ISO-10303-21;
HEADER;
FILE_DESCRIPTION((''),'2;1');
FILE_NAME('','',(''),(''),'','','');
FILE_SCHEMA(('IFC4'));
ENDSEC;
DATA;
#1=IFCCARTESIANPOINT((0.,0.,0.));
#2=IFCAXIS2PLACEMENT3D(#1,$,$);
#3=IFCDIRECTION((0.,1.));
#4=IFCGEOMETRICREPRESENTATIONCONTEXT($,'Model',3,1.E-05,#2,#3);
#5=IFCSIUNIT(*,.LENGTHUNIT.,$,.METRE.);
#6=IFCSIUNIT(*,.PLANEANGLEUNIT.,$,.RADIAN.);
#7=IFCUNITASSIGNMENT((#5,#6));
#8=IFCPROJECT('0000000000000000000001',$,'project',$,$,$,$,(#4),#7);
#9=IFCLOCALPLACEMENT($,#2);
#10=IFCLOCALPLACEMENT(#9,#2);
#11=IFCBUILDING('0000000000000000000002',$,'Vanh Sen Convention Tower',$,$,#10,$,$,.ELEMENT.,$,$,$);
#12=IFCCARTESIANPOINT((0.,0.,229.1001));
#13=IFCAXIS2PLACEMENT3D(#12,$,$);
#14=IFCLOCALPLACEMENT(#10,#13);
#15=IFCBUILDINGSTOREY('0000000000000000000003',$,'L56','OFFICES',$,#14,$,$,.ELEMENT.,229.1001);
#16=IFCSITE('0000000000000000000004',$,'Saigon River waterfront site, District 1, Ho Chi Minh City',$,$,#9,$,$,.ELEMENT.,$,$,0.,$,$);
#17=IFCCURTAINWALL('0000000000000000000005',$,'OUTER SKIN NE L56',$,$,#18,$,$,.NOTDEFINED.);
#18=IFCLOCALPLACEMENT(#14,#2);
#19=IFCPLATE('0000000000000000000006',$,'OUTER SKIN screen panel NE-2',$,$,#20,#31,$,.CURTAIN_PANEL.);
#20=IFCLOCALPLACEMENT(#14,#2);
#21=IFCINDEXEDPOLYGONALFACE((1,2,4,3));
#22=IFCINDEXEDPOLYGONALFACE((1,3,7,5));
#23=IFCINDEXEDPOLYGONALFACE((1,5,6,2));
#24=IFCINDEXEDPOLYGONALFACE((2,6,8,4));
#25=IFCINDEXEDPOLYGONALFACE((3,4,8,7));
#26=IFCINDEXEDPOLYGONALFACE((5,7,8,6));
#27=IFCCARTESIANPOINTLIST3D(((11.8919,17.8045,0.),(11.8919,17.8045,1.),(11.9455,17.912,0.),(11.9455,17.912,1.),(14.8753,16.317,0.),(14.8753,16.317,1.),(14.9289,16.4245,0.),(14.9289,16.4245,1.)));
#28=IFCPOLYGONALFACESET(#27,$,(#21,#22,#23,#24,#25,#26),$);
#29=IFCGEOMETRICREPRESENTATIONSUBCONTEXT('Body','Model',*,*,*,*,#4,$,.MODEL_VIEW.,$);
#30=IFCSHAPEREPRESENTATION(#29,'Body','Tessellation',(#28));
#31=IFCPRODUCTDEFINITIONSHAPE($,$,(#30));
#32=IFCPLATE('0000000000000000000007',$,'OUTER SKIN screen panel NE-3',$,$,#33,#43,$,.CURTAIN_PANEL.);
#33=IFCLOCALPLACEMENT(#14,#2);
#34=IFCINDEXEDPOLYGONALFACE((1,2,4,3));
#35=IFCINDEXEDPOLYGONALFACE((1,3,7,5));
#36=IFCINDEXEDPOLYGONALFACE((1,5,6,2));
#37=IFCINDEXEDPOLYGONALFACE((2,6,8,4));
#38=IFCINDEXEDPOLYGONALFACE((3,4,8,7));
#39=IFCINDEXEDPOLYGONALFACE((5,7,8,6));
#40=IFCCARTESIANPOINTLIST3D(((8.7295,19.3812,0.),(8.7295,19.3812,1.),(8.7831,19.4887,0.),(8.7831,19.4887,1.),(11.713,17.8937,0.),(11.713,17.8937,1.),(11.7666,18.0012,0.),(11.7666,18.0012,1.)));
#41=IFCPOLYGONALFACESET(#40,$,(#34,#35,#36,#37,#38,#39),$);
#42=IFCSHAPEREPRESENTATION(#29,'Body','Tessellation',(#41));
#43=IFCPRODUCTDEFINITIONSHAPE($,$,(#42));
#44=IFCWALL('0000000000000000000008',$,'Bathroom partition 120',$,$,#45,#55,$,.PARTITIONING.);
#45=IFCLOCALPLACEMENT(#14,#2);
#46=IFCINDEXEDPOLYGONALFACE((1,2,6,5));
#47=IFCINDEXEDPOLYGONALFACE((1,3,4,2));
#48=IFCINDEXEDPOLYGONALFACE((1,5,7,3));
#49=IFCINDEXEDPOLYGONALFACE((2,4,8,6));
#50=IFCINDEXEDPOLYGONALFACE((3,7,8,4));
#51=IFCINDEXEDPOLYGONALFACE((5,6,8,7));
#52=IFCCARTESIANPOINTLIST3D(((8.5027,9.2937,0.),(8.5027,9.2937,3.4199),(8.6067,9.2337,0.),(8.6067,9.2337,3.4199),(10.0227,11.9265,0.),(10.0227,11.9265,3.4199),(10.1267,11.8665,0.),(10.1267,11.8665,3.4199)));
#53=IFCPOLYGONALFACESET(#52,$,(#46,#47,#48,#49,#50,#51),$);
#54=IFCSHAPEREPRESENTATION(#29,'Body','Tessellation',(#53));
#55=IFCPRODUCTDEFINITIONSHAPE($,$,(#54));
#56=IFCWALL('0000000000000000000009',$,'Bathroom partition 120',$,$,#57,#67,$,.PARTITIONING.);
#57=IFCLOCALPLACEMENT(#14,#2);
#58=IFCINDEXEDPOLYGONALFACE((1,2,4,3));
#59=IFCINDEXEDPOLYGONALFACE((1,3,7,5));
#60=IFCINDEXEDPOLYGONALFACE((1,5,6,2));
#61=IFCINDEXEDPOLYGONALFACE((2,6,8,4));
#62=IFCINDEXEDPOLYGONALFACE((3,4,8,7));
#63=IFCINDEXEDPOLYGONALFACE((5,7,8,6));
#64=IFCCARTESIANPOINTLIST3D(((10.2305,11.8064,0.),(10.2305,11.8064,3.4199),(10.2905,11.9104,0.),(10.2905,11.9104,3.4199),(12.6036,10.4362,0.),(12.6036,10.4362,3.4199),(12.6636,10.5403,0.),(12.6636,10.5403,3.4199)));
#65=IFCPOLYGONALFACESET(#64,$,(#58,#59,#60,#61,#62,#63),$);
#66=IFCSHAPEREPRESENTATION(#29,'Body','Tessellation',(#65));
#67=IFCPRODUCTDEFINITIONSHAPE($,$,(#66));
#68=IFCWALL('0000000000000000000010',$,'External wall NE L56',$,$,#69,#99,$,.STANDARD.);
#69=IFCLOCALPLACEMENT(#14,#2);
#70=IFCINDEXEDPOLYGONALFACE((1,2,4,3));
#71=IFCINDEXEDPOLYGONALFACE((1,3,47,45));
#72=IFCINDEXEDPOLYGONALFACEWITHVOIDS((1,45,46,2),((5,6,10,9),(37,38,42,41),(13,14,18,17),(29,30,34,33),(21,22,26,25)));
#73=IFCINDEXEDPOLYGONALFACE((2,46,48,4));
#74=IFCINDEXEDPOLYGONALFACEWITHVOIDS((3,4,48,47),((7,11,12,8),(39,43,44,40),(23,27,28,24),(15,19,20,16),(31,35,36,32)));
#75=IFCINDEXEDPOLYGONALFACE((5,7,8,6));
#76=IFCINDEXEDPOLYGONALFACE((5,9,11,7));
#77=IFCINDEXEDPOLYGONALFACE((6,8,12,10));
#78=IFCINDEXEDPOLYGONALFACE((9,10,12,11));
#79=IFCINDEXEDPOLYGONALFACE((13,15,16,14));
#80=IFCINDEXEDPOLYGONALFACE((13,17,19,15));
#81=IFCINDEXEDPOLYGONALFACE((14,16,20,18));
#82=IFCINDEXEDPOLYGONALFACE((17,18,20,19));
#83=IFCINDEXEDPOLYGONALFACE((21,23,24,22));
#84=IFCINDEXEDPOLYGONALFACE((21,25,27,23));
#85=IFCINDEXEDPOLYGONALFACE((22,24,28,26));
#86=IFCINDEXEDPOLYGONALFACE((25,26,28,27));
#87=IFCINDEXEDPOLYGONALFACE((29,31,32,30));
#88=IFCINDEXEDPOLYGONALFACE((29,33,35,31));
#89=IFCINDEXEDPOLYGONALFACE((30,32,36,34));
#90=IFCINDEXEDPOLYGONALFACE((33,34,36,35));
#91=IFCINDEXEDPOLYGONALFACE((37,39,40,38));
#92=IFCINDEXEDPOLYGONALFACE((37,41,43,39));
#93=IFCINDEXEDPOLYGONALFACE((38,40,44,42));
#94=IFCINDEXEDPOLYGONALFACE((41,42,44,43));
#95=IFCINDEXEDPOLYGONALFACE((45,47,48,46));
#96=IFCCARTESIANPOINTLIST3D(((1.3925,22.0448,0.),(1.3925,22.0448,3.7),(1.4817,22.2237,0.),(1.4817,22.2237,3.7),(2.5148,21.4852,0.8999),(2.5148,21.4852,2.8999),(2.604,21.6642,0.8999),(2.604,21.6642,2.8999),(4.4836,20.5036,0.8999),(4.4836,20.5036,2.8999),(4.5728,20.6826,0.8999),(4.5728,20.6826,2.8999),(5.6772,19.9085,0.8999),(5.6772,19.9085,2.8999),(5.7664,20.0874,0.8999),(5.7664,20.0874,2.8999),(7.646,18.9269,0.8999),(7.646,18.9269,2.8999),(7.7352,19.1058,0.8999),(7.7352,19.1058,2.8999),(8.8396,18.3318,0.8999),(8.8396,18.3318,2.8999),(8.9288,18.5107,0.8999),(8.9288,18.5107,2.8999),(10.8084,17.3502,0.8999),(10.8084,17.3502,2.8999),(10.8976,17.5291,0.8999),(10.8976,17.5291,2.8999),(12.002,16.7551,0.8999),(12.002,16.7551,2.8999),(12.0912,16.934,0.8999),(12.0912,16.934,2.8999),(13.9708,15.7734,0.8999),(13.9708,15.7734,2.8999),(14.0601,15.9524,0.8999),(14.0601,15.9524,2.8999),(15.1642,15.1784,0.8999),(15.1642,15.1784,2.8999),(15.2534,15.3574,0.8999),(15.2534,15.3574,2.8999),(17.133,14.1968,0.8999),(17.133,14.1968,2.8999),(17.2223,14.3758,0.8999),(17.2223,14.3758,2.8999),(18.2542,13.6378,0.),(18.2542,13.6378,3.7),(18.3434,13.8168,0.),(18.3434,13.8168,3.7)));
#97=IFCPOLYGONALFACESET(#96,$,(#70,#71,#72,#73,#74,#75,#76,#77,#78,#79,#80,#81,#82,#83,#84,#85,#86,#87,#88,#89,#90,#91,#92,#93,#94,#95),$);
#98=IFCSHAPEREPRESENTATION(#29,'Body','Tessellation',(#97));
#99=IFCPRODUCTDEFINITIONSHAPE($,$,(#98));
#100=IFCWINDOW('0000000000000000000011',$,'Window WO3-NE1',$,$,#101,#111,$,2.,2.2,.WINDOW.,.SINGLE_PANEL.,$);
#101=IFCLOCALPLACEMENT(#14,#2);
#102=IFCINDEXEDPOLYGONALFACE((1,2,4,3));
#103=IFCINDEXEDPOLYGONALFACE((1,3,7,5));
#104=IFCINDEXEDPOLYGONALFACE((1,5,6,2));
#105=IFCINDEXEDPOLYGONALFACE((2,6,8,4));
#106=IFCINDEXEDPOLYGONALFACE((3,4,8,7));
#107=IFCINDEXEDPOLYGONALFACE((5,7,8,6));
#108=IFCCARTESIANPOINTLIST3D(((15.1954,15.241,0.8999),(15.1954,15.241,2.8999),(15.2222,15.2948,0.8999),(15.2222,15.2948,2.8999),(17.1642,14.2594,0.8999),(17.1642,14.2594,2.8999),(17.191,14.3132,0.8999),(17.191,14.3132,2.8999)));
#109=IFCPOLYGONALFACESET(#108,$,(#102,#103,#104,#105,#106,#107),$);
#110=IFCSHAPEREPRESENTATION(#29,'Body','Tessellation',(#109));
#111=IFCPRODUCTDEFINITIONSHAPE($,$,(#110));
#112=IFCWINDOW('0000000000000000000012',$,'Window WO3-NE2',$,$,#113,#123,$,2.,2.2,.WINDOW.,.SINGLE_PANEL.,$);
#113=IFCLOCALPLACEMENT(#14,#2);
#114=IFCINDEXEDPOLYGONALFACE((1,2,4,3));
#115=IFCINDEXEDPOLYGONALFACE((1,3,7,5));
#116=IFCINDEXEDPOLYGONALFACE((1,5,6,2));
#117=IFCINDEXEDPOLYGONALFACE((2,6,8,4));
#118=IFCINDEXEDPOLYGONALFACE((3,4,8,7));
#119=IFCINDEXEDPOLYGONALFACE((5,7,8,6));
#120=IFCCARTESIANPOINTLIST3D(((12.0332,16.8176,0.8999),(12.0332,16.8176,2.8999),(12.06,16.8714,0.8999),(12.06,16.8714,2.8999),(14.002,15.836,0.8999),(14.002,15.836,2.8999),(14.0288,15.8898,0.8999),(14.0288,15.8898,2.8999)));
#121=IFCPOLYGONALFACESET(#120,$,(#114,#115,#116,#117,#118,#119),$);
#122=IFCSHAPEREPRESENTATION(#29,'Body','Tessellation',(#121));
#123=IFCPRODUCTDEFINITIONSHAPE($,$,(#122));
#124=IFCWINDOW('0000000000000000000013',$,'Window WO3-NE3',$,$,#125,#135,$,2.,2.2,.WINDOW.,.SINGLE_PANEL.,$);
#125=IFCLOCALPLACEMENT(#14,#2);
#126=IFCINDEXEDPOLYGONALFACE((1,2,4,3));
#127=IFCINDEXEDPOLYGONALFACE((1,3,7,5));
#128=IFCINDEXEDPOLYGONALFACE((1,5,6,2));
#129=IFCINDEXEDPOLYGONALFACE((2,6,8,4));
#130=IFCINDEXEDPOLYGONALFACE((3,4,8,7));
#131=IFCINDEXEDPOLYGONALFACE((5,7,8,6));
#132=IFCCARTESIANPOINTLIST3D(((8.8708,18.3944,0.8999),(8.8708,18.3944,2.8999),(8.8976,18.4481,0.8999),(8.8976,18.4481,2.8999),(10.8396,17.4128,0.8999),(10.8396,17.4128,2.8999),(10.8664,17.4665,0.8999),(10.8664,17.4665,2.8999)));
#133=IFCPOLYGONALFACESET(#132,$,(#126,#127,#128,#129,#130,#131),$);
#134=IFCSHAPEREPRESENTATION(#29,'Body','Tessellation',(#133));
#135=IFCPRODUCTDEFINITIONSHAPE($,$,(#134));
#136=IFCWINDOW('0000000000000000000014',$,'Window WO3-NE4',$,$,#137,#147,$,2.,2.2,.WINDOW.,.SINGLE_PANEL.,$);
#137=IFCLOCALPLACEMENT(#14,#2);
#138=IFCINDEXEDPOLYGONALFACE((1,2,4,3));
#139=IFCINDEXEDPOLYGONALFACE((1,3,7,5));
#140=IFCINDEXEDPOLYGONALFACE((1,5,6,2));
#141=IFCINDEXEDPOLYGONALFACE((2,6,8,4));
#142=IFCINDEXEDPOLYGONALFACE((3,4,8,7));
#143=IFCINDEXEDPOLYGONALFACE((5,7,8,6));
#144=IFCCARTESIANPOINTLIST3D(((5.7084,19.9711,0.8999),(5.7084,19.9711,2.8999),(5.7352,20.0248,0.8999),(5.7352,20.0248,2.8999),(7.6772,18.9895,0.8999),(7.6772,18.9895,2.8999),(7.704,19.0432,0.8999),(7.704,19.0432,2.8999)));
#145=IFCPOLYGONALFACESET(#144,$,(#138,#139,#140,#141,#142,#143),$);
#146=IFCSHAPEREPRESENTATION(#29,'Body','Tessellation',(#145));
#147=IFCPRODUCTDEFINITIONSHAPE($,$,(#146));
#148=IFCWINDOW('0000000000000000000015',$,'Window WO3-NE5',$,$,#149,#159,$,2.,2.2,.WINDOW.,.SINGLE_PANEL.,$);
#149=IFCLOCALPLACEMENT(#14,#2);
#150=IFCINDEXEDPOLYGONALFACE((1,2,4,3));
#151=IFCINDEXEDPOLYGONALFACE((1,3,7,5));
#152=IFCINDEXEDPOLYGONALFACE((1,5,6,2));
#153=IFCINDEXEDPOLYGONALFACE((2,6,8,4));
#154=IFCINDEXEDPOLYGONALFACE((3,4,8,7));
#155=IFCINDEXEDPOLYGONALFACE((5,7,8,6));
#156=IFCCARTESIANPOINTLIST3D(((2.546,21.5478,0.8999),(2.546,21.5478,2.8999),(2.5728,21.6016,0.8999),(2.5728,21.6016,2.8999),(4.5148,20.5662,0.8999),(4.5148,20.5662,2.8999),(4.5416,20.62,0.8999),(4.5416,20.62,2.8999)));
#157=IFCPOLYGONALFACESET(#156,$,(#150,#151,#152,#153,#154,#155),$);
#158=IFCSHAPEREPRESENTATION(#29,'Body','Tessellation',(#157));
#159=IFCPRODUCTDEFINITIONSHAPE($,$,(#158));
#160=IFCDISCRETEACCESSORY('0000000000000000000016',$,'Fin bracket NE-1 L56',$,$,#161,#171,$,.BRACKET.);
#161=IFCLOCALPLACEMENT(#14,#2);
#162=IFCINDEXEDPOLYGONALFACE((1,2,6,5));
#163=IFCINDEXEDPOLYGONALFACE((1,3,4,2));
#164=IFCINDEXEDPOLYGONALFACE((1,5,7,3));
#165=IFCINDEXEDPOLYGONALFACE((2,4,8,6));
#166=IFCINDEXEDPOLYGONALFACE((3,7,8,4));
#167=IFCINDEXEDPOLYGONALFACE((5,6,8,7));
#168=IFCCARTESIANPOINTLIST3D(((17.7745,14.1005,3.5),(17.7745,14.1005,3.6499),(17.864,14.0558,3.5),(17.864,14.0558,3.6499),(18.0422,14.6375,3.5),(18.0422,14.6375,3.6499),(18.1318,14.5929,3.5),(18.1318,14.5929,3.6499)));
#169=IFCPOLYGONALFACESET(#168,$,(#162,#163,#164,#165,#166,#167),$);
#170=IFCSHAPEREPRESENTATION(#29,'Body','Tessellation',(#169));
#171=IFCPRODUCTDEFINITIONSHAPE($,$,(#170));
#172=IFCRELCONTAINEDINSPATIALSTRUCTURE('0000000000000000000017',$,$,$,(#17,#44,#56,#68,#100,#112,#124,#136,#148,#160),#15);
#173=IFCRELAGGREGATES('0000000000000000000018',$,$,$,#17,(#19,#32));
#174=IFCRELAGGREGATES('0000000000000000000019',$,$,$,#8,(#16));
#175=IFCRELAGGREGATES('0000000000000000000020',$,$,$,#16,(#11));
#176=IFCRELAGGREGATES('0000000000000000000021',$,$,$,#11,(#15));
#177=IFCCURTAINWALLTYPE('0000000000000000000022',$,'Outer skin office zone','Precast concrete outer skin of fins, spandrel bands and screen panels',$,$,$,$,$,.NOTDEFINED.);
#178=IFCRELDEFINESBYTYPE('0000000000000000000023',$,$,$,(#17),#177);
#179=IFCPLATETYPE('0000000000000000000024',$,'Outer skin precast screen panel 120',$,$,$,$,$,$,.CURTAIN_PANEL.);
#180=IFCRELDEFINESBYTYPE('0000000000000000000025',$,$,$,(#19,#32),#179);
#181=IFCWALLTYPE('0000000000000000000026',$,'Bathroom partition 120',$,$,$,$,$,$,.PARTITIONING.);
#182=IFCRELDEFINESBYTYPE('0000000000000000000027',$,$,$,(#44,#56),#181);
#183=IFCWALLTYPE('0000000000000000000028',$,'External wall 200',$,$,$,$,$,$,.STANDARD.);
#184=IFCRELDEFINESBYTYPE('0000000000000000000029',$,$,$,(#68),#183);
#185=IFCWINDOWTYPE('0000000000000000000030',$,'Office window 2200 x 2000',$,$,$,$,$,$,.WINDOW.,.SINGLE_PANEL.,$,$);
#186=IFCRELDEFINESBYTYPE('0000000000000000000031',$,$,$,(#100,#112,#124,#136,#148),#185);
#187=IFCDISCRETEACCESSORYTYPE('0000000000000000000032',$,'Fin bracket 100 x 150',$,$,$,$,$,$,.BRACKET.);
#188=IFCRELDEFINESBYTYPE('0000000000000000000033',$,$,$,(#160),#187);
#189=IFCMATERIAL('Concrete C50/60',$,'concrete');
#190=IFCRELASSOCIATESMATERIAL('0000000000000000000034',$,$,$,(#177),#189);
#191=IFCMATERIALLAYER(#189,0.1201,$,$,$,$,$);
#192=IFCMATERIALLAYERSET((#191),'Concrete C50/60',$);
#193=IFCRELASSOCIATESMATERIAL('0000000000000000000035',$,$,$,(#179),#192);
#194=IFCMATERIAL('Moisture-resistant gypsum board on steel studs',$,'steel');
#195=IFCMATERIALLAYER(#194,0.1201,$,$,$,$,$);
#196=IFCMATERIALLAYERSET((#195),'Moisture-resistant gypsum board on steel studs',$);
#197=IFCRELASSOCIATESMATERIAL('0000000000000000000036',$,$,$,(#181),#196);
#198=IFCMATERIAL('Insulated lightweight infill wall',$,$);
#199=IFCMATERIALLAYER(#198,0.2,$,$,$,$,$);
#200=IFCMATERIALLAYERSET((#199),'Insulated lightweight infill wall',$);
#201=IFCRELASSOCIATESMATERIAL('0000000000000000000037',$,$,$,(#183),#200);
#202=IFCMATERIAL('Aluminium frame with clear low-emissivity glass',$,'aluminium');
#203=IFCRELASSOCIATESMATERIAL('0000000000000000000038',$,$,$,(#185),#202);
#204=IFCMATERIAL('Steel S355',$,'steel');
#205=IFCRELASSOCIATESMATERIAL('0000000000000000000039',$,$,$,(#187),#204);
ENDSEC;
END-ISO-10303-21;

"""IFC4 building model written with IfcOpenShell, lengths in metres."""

from ifc_helpers import new_model, si_unit, direction, frame, frame_2d, origin, origin_2d, place, context, subcontext, project, spatial, rectangle, extrude, material, layer, layer_set, type_object, element, fill, aggregate, save


model = new_model("IFC4")

# Units and contexts
model_context = context("Model", 3, precision=1e-05, world=origin(), true_north=direction((0.0, 1.0)))
body_context = subcontext(model_context, "Body", "Model", "MODEL_VIEW")
ifc_project = project(units=[si_unit("LENGTHUNIT", "METRE"), si_unit("PLANEANGLEUNIT", "RADIAN")], contexts=[model_context])

# Site, building, storey
site_placement = place(None, origin())
site = spatial("IfcSite", under=ifc_project, at=site_placement, Name="Saigon River waterfront site, District 1, Ho Chi Minh City", CompositionType="ELEMENT", RefElevation=0.0)
building_placement = place(site_placement, origin())
building = spatial("IfcBuilding", under=site, at=building_placement, Name="Vanh Sen Convention Tower", CompositionType="ELEMENT")
storey_placement = place(building_placement, frame((0.0, 0.0, 229.1001)))
storey = spatial("IfcBuildingStorey", under=building, at=storey_placement, Name="L56", Description="OFFICES", CompositionType="ELEMENT", Elevation=229.1001)

# Curtain wall
ifc_material_1 = material(Name="Concrete C50/60", Category="concrete")
curtain_wall_type = type_object("IfcCurtainWallType", Name="Outer skin office zone", Description="Precast concrete outer skin of fins, spandrel bands and screen panels", PredefinedType="NOTDEFINED", material=ifc_material_1)
curtain_wall_1_placement = place(storey_placement, origin())
curtain_wall_1 = element("IfcCurtainWall", 1, at=curtain_wall_1_placement, inside=storey, type_object=curtain_wall_type, Name="OUTER SKIN NE L56", PredefinedType="NOTDEFINED")

# Shared definitions
ifc_layer_1 = layer(ifc_material_1, 0.1201)
ifc_layer_set_1 = layer_set([ifc_layer_1], Name="Concrete C50/60")
plate_type = type_object("IfcPlateType", Name="Outer skin precast screen panel 120", PredefinedType="CURTAIN_PANEL", material=ifc_layer_set_1)

# Plates
plate_1_placement = place(storey_placement, frame((13.4104, 17.1145, 0.0), z_axis=(0.0, 0.0, 1.0), x_axis=(-0.894936, 0.446195, 0.0)))
plate_1 = element("IfcPlate", 2, at=plate_1_placement, type_object=plate_type, Name="OUTER SKIN screen panel NE-2", PredefinedType="CURTAIN_PANEL", context=body_context, shape_type="SweptSolid", body=[
    extrude(rectangle(XDim=3.3337, YDim=0.1201, at=origin_2d()), origin(), (0.0, 0.0, 1.0), 1.0),
])
plate_2_placement = place(storey_placement, frame((10.248, 18.6912, 0.0), z_axis=(0.0, 0.0, 1.0), x_axis=(-0.894936, 0.446195, 0.0)))
plate_2 = element("IfcPlate", 3, at=plate_2_placement, type_object=plate_type, Name="OUTER SKIN screen panel NE-3", PredefinedType="CURTAIN_PANEL", context=body_context, shape_type="SweptSolid", body=[
    extrude(rectangle(XDim=3.3337, YDim=0.1201, at=origin_2d()), origin(), (0.0, 0.0, 1.0), 1.0),
])
aggregate(curtain_wall_1, [plate_1, plate_2])

# Walls
ifc_material_2 = material(Name="Moisture-resistant gypsum board on steel studs", Category="steel")
ifc_layer_2 = layer(ifc_material_2, 0.1201)
ifc_layer_set_2 = layer_set([ifc_layer_2], Name="Moisture-resistant gypsum board on steel studs")
wall_type_1 = type_object("IfcWallType", Name="Bathroom partition 120", PredefinedType="PARTITIONING", material=ifc_layer_set_2)
wall_1_placement = place(storey_placement, frame((10.0747, 11.8965, 0.0), z_axis=(0.0, 0.0, 1.0), x_axis=(-0.499991, -0.86603, 0.0)))
element("IfcWall", 4, at=wall_1_placement, inside=storey, type_object=wall_type_1, Name="Bathroom partition 120", PredefinedType="PARTITIONING", context=body_context, shape_type="SweptSolid", body=[
    extrude(rectangle(XDim=3.04, YDim=0.1201, at=frame_2d((1.52, 0.0))), origin(), (0.0, 0.0, 1.0), 3.4199),
])
wall_2_placement = place(storey_placement, frame((10.2605, 11.8584, 0.0), z_axis=(0.0, 0.0, 1.0), x_axis=(0.866019, -0.50001, 0.0)))
element("IfcWall", 5, at=wall_2_placement, inside=storey, type_object=wall_type_1, Name="Bathroom partition 120", PredefinedType="PARTITIONING", context=body_context, shape_type="SweptSolid", body=[
    extrude(rectangle(XDim=2.7402, YDim=0.1201, at=frame_2d((1.3701, 0.0))), origin(), (0.0, 0.0, 1.0), 3.4199),
])

# Wall, openings, windows
ifc_material_3 = material(Name="Insulated lightweight infill wall")
ifc_layer_3 = layer(ifc_material_3, 0.2)
ifc_layer_set_3 = layer_set([ifc_layer_3], Name="Insulated lightweight infill wall")
wall_type_2 = type_object("IfcWallType", Name="External wall 200", PredefinedType="STANDARD", material=ifc_layer_set_3)
wall_3_placement = place(storey_placement, frame((18.2988, 13.7273, 0.0), z_axis=(0.0, 0.0, 1.0), x_axis=(-0.894935, 0.446197, 0.0)))
wall_3 = element("IfcWall", 6, at=wall_3_placement, inside=storey, type_object=wall_type_2, Name="External wall NE L56", PredefinedType="STANDARD", context=body_context, shape_type="SweptSolid", body=[
    extrude(rectangle(XDim=18.8413, YDim=0.2, at=frame_2d((9.4207, 0.0))), origin(), (0.0, 0.0, 1.0), 3.7),
])
opening_1_placement = place(wall_3_placement, frame((1.2527, 0.0, 0.8999)))
opening_1 = element("IfcOpeningElement", 7, at=opening_1_placement, cuts=wall_3, PredefinedType="OPENING", context=body_context, shape_type="SweptSolid", body=[
    extrude(rectangle(XDim=2.2, YDim=2.0, at=frame_2d((1.1001, 1.0))), frame((0.0, 0.1099, 0.0), z_axis=(0.0, -1.0, 0.0), x_axis=(1.0, 0.0, 0.0)), (0.0, 0.0, 1.0), 0.22),
])
opening_2_placement = place(wall_3_placement, frame((4.7861, 0.0, 0.8999)))
opening_2 = element("IfcOpeningElement", 8, at=opening_2_placement, cuts=wall_3, PredefinedType="OPENING", context=body_context, shape_type="SweptSolid", body=[
    extrude(rectangle(XDim=2.2, YDim=2.0, at=frame_2d((1.1001, 1.0))), frame((0.0, 0.1099, 0.0), z_axis=(0.0, -1.0, 0.0), x_axis=(1.0, 0.0, 0.0)), (0.0, 0.0, 1.0), 0.22),
])
opening_3_placement = place(wall_3_placement, frame((8.3198, 0.0, 0.8999)))
opening_3 = element("IfcOpeningElement", 9, at=opening_3_placement, cuts=wall_3, PredefinedType="OPENING", context=body_context, shape_type="SweptSolid", body=[
    extrude(rectangle(XDim=2.2, YDim=2.0, at=frame_2d((1.1001, 1.0))), frame((0.0, 0.1099, 0.0), z_axis=(0.0, -1.0, 0.0), x_axis=(1.0, 0.0, 0.0)), (0.0, 0.0, 1.0), 0.22),
])
opening_4_placement = place(wall_3_placement, frame((11.8535, 0.0, 0.8999)))
opening_4 = element("IfcOpeningElement", 10, at=opening_4_placement, cuts=wall_3, PredefinedType="OPENING", context=body_context, shape_type="SweptSolid", body=[
    extrude(rectangle(XDim=2.2, YDim=2.0, at=frame_2d((1.1001, 1.0))), frame((0.0, 0.1099, 0.0), z_axis=(0.0, -1.0, 0.0), x_axis=(1.0, 0.0, 0.0)), (0.0, 0.0, 1.0), 0.22),
])
opening_5_placement = place(wall_3_placement, frame((15.3872, 0.0, 0.8999)))
opening_5 = element("IfcOpeningElement", 11, at=opening_5_placement, cuts=wall_3, PredefinedType="OPENING", context=body_context, shape_type="SweptSolid", body=[
    extrude(rectangle(XDim=2.2, YDim=2.0, at=frame_2d((1.1001, 1.0))), frame((0.0, 0.1099, 0.0), z_axis=(0.0, -1.0, 0.0), x_axis=(1.0, 0.0, 0.0)), (0.0, 0.0, 1.0), 0.22),
])
ifc_material_4 = material(Name="Aluminium frame with clear low-emissivity glass", Category="aluminium")
window_type = type_object("IfcWindowType", Name="Office window 2200 x 2000", PartitioningType="SINGLE_PANEL", PredefinedType="WINDOW", material=ifc_material_4)
window_1_placement = place(opening_1_placement, origin())
window_1 = element("IfcWindow", 12, at=window_1_placement, inside=storey, type_object=window_type, Name="Window WO3-NE1", OverallHeight=2.0, OverallWidth=2.2, PartitioningType="SINGLE_PANEL", PredefinedType="WINDOW", context=body_context, shape_type="SweptSolid", body=[
    extrude(rectangle(XDim=2.2, YDim=2.0, at=frame_2d((1.1001, 1.0))), frame((0.0, 0.03, 0.0), z_axis=(0.0, -1.0, 0.0), x_axis=(1.0, 0.0, 0.0)), (0.0, 0.0, 1.0), 0.0601),
])
fill(opening_1, window_1)
window_2_placement = place(opening_2_placement, origin())
window_2 = element("IfcWindow", 13, at=window_2_placement, inside=storey, type_object=window_type, Name="Window WO3-NE2", OverallHeight=2.0, OverallWidth=2.2, PartitioningType="SINGLE_PANEL", PredefinedType="WINDOW", context=body_context, shape_type="SweptSolid", body=[
    extrude(rectangle(XDim=2.2, YDim=2.0, at=frame_2d((1.1001, 1.0))), frame((0.0, 0.03, 0.0), z_axis=(0.0, -1.0, 0.0), x_axis=(1.0, 0.0, 0.0)), (0.0, 0.0, 1.0), 0.0601),
])
fill(opening_2, window_2)
window_3_placement = place(opening_3_placement, origin())
window_3 = element("IfcWindow", 14, at=window_3_placement, inside=storey, type_object=window_type, Name="Window WO3-NE3", OverallHeight=2.0, OverallWidth=2.2, PartitioningType="SINGLE_PANEL", PredefinedType="WINDOW", context=body_context, shape_type="SweptSolid", body=[
    extrude(rectangle(XDim=2.2, YDim=2.0, at=frame_2d((1.1001, 1.0))), frame((0.0, 0.03, 0.0), z_axis=(0.0, -1.0, 0.0), x_axis=(1.0, 0.0, 0.0)), (0.0, 0.0, 1.0), 0.0601),
])
fill(opening_3, window_3)
window_4_placement = place(opening_4_placement, origin())
window_4 = element("IfcWindow", 15, at=window_4_placement, inside=storey, type_object=window_type, Name="Window WO3-NE4", OverallHeight=2.0, OverallWidth=2.2, PartitioningType="SINGLE_PANEL", PredefinedType="WINDOW", context=body_context, shape_type="SweptSolid", body=[
    extrude(rectangle(XDim=2.2, YDim=2.0, at=frame_2d((1.1001, 1.0))), frame((0.0, 0.03, 0.0), z_axis=(0.0, -1.0, 0.0), x_axis=(1.0, 0.0, 0.0)), (0.0, 0.0, 1.0), 0.0601),
])
fill(opening_4, window_4)
window_5_placement = place(opening_5_placement, origin())
window_5 = element("IfcWindow", 16, at=window_5_placement, inside=storey, type_object=window_type, Name="Window WO3-NE5", OverallHeight=2.0, OverallWidth=2.2, PartitioningType="SINGLE_PANEL", PredefinedType="WINDOW", context=body_context, shape_type="SweptSolid", body=[
    extrude(rectangle(XDim=2.2, YDim=2.0, at=frame_2d((1.1001, 1.0))), frame((0.0, 0.03, 0.0), z_axis=(0.0, -1.0, 0.0), x_axis=(1.0, 0.0, 0.0)), (0.0, 0.0, 1.0), 0.0601),
])
fill(opening_5, window_5)

# Discrete accessory
ifc_material_5 = material(Name="Steel S355", Category="steel")
discrete_accessory_type = type_object("IfcDiscreteAccessoryType", Name="Fin bracket 100 x 150", PredefinedType="BRACKET", material=ifc_material_5)
for number, where, z_axis, x_axis, name in (
    (17, (17.9531, 14.3467, 3.5), (0.0, 0.0, 1.0), (0.446198, 0.894934, 0.0), "Fin bracket NE-1 L56"),
):
    element("IfcDiscreteAccessory", number, at=place(storey_placement, frame(where, z_axis=z_axis, x_axis=x_axis)), inside=storey, type_object=discrete_accessory_type, Name=name, PredefinedType="BRACKET", context=body_context, shape_type="SweptSolid", body=[
        extrude(rectangle(XDim=0.6001, YDim=0.1001, at=origin_2d()), origin(), (0.0, 0.0, 1.0), 0.1499),
    ])

save(model, "model.ifc")
